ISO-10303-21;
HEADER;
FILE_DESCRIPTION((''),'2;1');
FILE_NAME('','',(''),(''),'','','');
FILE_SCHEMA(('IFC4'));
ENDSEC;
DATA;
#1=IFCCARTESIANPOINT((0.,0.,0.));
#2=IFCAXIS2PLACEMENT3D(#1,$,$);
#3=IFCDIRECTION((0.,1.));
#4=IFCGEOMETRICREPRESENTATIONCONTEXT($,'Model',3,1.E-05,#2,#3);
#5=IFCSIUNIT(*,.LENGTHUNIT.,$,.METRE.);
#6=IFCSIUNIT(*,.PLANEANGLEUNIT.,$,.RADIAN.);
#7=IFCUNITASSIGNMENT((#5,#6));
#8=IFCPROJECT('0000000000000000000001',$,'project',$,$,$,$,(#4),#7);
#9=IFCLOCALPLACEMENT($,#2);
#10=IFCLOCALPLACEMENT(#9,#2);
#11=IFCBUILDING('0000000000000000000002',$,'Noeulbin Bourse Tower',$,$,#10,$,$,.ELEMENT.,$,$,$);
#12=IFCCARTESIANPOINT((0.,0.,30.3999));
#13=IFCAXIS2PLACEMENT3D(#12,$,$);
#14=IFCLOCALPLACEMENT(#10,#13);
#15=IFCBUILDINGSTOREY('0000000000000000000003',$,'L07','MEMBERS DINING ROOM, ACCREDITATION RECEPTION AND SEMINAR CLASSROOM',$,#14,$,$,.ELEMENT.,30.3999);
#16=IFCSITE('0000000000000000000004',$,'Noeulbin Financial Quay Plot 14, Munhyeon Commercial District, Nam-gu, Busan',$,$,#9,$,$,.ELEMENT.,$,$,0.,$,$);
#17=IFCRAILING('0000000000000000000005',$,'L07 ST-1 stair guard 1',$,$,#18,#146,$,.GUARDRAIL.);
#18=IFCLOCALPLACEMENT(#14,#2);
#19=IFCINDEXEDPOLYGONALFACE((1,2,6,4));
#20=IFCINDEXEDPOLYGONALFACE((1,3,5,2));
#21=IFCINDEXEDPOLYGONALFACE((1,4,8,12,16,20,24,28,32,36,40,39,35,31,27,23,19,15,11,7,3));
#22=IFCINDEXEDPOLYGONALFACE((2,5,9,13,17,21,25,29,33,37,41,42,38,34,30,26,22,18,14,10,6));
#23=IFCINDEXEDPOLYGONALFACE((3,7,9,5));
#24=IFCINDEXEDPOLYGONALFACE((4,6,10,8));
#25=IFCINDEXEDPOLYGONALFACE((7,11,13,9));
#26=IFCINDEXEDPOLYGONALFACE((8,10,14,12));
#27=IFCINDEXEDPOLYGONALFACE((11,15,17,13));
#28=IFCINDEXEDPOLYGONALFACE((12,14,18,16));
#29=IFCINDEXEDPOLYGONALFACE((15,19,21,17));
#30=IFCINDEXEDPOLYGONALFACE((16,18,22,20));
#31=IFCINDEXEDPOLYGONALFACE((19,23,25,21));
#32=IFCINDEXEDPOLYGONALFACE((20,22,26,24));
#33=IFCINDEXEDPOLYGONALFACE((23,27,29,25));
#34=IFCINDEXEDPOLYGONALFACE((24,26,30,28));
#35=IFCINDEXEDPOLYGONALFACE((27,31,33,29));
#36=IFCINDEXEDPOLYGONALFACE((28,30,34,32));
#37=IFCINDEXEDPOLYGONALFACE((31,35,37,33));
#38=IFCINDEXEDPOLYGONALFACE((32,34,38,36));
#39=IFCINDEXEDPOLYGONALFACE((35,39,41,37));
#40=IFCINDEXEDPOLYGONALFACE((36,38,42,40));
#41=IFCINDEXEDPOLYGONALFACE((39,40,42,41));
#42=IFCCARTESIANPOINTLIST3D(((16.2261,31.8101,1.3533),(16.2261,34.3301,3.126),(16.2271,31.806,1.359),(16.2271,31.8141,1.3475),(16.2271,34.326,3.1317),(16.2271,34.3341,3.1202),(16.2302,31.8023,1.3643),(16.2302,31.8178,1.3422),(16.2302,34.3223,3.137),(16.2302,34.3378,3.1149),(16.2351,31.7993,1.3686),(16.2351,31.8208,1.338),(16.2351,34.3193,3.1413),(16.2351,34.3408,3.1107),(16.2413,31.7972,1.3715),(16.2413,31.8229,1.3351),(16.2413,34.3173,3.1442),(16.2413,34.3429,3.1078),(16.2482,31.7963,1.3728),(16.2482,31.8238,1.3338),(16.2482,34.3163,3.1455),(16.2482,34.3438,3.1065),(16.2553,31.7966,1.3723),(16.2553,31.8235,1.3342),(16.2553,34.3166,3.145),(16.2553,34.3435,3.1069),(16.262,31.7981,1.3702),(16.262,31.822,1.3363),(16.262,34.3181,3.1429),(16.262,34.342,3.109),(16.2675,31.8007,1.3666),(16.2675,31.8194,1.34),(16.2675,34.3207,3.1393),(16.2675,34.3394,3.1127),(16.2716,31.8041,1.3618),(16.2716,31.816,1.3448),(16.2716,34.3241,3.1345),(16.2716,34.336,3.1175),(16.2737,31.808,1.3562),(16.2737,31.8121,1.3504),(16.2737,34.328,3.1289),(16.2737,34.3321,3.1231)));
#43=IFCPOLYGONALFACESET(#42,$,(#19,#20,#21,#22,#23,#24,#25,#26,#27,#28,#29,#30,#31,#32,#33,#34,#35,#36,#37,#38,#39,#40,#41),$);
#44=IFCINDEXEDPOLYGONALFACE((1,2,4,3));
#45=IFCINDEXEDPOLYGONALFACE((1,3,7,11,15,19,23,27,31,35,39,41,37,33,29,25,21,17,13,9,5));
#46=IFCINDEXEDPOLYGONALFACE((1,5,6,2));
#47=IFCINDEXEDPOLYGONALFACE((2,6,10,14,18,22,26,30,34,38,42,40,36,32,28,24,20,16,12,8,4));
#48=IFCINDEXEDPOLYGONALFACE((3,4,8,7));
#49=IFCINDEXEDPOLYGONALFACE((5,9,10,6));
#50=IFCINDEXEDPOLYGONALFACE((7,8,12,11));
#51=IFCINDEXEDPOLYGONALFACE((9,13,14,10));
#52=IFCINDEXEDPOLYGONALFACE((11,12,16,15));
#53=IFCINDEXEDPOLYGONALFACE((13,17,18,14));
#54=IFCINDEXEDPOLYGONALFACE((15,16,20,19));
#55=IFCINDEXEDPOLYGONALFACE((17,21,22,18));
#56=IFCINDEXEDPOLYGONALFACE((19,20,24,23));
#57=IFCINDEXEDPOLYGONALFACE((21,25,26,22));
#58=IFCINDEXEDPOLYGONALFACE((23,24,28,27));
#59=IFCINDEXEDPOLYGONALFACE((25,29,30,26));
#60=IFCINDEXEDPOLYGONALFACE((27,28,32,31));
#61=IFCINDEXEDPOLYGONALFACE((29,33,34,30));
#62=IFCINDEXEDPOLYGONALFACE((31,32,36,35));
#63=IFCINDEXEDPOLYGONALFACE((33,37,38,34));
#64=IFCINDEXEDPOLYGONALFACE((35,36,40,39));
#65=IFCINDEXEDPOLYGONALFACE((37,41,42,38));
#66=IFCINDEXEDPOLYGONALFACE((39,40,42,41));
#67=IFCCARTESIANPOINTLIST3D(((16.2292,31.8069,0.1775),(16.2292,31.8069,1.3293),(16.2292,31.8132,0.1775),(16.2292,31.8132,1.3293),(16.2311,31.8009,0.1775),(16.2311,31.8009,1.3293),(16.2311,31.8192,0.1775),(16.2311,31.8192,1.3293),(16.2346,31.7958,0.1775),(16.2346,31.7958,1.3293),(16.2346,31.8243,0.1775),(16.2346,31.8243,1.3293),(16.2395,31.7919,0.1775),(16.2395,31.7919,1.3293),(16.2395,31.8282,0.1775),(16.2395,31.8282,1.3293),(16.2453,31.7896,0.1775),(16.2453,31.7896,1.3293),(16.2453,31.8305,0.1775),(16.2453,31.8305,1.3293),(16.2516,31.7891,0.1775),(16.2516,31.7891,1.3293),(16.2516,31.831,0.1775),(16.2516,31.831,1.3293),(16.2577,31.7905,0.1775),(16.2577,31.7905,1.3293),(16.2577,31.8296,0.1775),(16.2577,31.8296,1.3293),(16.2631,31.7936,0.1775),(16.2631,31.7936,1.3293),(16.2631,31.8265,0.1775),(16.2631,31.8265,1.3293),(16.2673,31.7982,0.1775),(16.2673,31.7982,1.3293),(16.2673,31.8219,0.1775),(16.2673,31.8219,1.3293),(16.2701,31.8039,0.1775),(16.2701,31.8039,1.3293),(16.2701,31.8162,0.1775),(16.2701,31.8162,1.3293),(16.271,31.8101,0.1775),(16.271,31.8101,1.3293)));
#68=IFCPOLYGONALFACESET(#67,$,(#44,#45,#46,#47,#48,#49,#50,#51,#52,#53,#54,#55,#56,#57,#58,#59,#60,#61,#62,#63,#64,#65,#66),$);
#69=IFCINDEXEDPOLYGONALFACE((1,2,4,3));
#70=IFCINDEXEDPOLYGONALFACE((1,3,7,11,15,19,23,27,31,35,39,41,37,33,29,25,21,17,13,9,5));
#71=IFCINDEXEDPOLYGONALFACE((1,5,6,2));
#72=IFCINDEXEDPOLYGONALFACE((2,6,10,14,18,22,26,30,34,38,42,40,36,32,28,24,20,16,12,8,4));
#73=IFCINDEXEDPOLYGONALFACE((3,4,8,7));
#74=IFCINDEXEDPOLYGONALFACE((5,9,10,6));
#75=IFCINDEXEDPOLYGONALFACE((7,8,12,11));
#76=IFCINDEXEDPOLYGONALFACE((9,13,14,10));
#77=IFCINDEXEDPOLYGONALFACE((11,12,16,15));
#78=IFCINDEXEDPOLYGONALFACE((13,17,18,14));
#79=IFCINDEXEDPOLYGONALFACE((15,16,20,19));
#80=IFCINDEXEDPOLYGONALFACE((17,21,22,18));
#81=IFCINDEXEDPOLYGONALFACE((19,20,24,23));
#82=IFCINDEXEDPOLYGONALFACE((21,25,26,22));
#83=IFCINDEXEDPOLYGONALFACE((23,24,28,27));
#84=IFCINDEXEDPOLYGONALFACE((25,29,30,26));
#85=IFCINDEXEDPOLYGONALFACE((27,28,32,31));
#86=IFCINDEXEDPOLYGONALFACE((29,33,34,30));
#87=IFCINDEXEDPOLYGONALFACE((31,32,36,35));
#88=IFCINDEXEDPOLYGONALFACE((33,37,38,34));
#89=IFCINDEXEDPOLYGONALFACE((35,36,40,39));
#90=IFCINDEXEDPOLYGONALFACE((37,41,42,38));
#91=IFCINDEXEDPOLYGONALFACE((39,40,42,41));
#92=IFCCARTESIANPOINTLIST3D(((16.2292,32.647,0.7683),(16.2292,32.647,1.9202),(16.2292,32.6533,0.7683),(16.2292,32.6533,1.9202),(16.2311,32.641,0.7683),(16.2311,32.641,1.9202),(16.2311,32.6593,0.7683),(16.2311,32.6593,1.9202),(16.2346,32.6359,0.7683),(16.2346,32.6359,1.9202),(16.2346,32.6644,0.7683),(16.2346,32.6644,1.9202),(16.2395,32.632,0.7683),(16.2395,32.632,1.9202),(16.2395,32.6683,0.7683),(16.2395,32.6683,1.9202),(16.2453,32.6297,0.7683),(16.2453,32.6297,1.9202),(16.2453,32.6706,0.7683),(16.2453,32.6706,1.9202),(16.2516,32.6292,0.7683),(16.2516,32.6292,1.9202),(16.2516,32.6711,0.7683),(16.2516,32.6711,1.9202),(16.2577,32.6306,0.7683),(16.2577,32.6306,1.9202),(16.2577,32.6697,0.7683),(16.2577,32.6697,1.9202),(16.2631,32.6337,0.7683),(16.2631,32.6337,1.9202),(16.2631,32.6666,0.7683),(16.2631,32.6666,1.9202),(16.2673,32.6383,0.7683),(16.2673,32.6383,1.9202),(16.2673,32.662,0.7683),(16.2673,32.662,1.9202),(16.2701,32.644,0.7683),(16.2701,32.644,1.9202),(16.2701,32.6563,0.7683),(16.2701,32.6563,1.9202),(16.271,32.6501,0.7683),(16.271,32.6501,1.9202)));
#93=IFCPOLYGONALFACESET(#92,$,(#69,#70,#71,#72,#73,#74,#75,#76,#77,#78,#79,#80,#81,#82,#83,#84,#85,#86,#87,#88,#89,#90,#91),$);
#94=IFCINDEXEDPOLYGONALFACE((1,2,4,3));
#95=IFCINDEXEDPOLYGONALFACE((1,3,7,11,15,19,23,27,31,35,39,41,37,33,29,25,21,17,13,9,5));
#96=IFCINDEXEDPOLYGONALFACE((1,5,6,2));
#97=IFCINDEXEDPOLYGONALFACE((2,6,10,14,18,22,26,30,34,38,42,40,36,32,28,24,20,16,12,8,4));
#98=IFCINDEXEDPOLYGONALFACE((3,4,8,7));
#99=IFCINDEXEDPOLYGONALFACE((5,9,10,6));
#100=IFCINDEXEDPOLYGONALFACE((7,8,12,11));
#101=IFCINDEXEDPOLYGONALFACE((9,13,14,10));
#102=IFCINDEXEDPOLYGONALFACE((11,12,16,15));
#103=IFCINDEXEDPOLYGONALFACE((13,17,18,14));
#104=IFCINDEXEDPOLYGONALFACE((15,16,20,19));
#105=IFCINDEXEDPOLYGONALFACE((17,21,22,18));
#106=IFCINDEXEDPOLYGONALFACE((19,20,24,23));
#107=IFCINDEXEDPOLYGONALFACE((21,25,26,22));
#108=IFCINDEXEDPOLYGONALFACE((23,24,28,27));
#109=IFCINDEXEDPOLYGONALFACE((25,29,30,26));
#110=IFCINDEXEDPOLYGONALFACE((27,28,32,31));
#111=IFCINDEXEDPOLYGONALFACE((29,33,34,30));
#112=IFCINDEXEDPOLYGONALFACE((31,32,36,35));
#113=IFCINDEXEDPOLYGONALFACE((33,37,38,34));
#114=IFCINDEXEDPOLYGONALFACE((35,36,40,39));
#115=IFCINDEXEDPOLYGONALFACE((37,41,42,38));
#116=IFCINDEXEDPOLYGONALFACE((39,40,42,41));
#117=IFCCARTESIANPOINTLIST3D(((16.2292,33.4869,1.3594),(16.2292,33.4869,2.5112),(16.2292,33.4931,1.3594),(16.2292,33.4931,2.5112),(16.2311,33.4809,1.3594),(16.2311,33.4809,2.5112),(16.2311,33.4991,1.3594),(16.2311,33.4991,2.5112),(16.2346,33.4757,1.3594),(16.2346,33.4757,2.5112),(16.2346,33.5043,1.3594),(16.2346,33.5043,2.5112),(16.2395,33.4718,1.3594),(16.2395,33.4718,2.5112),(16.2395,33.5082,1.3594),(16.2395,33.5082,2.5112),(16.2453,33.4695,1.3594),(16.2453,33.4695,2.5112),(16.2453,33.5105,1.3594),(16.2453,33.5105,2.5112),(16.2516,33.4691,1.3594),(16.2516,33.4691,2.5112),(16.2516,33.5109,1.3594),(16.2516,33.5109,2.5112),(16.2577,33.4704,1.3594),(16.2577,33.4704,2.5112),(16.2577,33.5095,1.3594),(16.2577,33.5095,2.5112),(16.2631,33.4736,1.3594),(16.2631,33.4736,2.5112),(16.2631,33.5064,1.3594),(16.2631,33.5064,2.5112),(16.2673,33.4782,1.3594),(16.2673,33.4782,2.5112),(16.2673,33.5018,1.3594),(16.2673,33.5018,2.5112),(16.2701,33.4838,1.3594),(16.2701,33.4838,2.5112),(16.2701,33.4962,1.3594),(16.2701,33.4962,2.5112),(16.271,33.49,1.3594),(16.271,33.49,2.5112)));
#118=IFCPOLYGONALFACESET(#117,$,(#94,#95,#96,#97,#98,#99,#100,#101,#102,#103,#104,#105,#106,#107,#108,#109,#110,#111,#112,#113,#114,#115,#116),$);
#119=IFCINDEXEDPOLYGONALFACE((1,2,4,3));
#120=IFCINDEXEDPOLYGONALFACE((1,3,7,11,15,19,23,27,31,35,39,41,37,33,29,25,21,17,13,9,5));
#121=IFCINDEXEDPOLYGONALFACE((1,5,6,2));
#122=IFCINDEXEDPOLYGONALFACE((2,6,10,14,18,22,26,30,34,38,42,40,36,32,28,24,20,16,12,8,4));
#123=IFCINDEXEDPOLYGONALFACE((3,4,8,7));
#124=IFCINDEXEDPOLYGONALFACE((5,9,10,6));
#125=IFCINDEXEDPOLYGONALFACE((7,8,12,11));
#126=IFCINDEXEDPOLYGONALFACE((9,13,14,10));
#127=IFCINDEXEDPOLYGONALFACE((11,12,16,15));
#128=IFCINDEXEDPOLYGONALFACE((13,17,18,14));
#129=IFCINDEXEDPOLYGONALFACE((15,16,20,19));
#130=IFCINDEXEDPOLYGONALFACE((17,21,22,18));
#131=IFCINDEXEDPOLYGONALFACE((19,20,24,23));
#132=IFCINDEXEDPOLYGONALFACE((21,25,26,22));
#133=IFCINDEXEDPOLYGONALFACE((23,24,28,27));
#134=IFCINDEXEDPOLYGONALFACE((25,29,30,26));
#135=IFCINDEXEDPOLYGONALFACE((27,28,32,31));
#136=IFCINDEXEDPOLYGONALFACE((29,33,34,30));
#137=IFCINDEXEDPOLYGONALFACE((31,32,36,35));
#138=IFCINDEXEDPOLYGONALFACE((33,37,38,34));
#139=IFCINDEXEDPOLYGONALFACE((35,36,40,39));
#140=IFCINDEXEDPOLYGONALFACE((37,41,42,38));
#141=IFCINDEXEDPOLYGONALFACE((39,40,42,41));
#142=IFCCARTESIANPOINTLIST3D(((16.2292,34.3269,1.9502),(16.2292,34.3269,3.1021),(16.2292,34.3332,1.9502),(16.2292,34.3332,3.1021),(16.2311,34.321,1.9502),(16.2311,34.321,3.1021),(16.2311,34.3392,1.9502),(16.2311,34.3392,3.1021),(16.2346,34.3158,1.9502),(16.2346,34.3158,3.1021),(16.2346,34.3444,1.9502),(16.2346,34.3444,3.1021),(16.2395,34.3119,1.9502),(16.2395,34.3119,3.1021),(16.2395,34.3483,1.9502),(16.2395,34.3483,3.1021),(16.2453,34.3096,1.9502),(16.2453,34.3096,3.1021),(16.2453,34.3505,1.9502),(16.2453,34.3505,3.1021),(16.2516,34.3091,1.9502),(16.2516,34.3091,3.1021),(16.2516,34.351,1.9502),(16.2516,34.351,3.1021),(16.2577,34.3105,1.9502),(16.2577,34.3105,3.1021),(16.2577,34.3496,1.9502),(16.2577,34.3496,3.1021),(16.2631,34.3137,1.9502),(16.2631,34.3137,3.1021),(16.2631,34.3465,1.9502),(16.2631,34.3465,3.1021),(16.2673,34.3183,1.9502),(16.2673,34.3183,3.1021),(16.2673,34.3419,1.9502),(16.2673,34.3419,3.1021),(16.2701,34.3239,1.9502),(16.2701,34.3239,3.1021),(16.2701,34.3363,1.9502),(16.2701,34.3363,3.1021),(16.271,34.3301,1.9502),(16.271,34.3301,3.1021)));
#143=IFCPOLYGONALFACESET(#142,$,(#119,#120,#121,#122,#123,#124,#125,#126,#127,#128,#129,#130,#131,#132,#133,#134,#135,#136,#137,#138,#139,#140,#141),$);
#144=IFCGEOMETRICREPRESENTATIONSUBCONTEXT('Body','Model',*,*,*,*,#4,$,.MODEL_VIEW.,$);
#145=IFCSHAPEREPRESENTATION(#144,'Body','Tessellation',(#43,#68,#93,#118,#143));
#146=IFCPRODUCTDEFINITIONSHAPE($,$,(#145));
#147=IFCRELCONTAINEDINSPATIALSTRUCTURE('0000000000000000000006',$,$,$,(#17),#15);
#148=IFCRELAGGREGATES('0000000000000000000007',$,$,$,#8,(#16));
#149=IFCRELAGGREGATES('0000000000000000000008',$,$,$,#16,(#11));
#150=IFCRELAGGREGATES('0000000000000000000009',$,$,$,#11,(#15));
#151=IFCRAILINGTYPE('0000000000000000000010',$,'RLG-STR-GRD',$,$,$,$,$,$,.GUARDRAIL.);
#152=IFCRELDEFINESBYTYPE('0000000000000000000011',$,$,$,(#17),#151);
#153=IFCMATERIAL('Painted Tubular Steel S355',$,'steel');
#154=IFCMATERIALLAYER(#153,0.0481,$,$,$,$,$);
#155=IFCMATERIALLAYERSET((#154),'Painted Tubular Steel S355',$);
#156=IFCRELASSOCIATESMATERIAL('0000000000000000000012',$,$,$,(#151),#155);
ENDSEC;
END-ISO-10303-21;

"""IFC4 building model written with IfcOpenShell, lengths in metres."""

from ifc_helpers import new_model, si_unit, direction, frame, origin, origin_2d, place, context, subcontext, project, spatial, circle, extrude, material, layer, layer_set, type_object, element, save


model = new_model("IFC4")

# Units and contexts
model_context = context("Model", 3, precision=1e-05, world=origin(), true_north=direction((0.0, 1.0)))
body_context = subcontext(model_context, "Body", "Model", "MODEL_VIEW")
ifc_project = project(units=[si_unit("LENGTHUNIT", "METRE"), si_unit("PLANEANGLEUNIT", "RADIAN")], contexts=[model_context])

# Site, building, storey
site_placement = place(None, origin())
site = spatial("IfcSite", under=ifc_project, at=site_placement, Name="Noeulbin Financial Quay Plot 14, Munhyeon Commercial District, Nam-gu, Busan", CompositionType="ELEMENT", RefElevation=0.0)
building_placement = place(site_placement, origin())
building = spatial("IfcBuilding", under=site, at=building_placement, Name="Noeulbin Bourse Tower", CompositionType="ELEMENT")
storey_placement = place(building_placement, frame((0.0, 0.0, 30.3999)))
storey = spatial("IfcBuildingStorey", under=building, at=storey_placement, Name="L07", Description="MEMBERS DINING ROOM, ACCREDITATION RECEPTION AND SEMINAR CLASSROOM", CompositionType="ELEMENT", Elevation=30.3999)

# Railing
ifc_material_1 = material(Name="Painted Tubular Steel S355", Category="steel")
ifc_layer_1 = layer(ifc_material_1, 0.0481)
ifc_layer_set_1 = layer_set([ifc_layer_1], Name="Painted Tubular Steel S355")
railing_type_1 = type_object("IfcRailingType", Name="RLG-STR-GRD", PredefinedType="GUARDRAIL", material=ifc_layer_set_1)
railing_1_placement = place(storey_placement, frame((16.25, 31.8101, 0.1775)))
element("IfcRailing", 1, at=railing_1_placement, inside=storey, type_object=railing_type_1, Name="L07 ST-1 stair guard 1", PredefinedType="GUARDRAIL", context=body_context, shape_type="SweptSolid", body=[
    extrude(circle(Radius=0.0239, at=origin_2d()), frame((0.0, 0.0, 1.1758), z_axis=(0.0, 0.817904, 0.575354), x_axis=(-1.0, 0.0, 0.0)), (0.0, 0.0, 1.0), 3.0811),
    extrude(circle(Radius=0.021, at=origin_2d()), origin(), (0.0, 0.0, 1.0), 1.1519),
    extrude(circle(Radius=0.021, at=origin_2d()), frame((0.0, 0.8401, 0.5908)), (0.0, 0.0, 1.0), 1.1519),
    extrude(circle(Radius=0.021, at=origin_2d()), frame((0.0, 1.6799, 1.1819)), (0.0, 0.0, 1.0), 1.1519),
    extrude(circle(Radius=0.021, at=origin_2d()), frame((0.0, 2.52, 1.7727)), (0.0, 0.0, 1.0), 1.1519),
])

save(model, "model.ifc")
